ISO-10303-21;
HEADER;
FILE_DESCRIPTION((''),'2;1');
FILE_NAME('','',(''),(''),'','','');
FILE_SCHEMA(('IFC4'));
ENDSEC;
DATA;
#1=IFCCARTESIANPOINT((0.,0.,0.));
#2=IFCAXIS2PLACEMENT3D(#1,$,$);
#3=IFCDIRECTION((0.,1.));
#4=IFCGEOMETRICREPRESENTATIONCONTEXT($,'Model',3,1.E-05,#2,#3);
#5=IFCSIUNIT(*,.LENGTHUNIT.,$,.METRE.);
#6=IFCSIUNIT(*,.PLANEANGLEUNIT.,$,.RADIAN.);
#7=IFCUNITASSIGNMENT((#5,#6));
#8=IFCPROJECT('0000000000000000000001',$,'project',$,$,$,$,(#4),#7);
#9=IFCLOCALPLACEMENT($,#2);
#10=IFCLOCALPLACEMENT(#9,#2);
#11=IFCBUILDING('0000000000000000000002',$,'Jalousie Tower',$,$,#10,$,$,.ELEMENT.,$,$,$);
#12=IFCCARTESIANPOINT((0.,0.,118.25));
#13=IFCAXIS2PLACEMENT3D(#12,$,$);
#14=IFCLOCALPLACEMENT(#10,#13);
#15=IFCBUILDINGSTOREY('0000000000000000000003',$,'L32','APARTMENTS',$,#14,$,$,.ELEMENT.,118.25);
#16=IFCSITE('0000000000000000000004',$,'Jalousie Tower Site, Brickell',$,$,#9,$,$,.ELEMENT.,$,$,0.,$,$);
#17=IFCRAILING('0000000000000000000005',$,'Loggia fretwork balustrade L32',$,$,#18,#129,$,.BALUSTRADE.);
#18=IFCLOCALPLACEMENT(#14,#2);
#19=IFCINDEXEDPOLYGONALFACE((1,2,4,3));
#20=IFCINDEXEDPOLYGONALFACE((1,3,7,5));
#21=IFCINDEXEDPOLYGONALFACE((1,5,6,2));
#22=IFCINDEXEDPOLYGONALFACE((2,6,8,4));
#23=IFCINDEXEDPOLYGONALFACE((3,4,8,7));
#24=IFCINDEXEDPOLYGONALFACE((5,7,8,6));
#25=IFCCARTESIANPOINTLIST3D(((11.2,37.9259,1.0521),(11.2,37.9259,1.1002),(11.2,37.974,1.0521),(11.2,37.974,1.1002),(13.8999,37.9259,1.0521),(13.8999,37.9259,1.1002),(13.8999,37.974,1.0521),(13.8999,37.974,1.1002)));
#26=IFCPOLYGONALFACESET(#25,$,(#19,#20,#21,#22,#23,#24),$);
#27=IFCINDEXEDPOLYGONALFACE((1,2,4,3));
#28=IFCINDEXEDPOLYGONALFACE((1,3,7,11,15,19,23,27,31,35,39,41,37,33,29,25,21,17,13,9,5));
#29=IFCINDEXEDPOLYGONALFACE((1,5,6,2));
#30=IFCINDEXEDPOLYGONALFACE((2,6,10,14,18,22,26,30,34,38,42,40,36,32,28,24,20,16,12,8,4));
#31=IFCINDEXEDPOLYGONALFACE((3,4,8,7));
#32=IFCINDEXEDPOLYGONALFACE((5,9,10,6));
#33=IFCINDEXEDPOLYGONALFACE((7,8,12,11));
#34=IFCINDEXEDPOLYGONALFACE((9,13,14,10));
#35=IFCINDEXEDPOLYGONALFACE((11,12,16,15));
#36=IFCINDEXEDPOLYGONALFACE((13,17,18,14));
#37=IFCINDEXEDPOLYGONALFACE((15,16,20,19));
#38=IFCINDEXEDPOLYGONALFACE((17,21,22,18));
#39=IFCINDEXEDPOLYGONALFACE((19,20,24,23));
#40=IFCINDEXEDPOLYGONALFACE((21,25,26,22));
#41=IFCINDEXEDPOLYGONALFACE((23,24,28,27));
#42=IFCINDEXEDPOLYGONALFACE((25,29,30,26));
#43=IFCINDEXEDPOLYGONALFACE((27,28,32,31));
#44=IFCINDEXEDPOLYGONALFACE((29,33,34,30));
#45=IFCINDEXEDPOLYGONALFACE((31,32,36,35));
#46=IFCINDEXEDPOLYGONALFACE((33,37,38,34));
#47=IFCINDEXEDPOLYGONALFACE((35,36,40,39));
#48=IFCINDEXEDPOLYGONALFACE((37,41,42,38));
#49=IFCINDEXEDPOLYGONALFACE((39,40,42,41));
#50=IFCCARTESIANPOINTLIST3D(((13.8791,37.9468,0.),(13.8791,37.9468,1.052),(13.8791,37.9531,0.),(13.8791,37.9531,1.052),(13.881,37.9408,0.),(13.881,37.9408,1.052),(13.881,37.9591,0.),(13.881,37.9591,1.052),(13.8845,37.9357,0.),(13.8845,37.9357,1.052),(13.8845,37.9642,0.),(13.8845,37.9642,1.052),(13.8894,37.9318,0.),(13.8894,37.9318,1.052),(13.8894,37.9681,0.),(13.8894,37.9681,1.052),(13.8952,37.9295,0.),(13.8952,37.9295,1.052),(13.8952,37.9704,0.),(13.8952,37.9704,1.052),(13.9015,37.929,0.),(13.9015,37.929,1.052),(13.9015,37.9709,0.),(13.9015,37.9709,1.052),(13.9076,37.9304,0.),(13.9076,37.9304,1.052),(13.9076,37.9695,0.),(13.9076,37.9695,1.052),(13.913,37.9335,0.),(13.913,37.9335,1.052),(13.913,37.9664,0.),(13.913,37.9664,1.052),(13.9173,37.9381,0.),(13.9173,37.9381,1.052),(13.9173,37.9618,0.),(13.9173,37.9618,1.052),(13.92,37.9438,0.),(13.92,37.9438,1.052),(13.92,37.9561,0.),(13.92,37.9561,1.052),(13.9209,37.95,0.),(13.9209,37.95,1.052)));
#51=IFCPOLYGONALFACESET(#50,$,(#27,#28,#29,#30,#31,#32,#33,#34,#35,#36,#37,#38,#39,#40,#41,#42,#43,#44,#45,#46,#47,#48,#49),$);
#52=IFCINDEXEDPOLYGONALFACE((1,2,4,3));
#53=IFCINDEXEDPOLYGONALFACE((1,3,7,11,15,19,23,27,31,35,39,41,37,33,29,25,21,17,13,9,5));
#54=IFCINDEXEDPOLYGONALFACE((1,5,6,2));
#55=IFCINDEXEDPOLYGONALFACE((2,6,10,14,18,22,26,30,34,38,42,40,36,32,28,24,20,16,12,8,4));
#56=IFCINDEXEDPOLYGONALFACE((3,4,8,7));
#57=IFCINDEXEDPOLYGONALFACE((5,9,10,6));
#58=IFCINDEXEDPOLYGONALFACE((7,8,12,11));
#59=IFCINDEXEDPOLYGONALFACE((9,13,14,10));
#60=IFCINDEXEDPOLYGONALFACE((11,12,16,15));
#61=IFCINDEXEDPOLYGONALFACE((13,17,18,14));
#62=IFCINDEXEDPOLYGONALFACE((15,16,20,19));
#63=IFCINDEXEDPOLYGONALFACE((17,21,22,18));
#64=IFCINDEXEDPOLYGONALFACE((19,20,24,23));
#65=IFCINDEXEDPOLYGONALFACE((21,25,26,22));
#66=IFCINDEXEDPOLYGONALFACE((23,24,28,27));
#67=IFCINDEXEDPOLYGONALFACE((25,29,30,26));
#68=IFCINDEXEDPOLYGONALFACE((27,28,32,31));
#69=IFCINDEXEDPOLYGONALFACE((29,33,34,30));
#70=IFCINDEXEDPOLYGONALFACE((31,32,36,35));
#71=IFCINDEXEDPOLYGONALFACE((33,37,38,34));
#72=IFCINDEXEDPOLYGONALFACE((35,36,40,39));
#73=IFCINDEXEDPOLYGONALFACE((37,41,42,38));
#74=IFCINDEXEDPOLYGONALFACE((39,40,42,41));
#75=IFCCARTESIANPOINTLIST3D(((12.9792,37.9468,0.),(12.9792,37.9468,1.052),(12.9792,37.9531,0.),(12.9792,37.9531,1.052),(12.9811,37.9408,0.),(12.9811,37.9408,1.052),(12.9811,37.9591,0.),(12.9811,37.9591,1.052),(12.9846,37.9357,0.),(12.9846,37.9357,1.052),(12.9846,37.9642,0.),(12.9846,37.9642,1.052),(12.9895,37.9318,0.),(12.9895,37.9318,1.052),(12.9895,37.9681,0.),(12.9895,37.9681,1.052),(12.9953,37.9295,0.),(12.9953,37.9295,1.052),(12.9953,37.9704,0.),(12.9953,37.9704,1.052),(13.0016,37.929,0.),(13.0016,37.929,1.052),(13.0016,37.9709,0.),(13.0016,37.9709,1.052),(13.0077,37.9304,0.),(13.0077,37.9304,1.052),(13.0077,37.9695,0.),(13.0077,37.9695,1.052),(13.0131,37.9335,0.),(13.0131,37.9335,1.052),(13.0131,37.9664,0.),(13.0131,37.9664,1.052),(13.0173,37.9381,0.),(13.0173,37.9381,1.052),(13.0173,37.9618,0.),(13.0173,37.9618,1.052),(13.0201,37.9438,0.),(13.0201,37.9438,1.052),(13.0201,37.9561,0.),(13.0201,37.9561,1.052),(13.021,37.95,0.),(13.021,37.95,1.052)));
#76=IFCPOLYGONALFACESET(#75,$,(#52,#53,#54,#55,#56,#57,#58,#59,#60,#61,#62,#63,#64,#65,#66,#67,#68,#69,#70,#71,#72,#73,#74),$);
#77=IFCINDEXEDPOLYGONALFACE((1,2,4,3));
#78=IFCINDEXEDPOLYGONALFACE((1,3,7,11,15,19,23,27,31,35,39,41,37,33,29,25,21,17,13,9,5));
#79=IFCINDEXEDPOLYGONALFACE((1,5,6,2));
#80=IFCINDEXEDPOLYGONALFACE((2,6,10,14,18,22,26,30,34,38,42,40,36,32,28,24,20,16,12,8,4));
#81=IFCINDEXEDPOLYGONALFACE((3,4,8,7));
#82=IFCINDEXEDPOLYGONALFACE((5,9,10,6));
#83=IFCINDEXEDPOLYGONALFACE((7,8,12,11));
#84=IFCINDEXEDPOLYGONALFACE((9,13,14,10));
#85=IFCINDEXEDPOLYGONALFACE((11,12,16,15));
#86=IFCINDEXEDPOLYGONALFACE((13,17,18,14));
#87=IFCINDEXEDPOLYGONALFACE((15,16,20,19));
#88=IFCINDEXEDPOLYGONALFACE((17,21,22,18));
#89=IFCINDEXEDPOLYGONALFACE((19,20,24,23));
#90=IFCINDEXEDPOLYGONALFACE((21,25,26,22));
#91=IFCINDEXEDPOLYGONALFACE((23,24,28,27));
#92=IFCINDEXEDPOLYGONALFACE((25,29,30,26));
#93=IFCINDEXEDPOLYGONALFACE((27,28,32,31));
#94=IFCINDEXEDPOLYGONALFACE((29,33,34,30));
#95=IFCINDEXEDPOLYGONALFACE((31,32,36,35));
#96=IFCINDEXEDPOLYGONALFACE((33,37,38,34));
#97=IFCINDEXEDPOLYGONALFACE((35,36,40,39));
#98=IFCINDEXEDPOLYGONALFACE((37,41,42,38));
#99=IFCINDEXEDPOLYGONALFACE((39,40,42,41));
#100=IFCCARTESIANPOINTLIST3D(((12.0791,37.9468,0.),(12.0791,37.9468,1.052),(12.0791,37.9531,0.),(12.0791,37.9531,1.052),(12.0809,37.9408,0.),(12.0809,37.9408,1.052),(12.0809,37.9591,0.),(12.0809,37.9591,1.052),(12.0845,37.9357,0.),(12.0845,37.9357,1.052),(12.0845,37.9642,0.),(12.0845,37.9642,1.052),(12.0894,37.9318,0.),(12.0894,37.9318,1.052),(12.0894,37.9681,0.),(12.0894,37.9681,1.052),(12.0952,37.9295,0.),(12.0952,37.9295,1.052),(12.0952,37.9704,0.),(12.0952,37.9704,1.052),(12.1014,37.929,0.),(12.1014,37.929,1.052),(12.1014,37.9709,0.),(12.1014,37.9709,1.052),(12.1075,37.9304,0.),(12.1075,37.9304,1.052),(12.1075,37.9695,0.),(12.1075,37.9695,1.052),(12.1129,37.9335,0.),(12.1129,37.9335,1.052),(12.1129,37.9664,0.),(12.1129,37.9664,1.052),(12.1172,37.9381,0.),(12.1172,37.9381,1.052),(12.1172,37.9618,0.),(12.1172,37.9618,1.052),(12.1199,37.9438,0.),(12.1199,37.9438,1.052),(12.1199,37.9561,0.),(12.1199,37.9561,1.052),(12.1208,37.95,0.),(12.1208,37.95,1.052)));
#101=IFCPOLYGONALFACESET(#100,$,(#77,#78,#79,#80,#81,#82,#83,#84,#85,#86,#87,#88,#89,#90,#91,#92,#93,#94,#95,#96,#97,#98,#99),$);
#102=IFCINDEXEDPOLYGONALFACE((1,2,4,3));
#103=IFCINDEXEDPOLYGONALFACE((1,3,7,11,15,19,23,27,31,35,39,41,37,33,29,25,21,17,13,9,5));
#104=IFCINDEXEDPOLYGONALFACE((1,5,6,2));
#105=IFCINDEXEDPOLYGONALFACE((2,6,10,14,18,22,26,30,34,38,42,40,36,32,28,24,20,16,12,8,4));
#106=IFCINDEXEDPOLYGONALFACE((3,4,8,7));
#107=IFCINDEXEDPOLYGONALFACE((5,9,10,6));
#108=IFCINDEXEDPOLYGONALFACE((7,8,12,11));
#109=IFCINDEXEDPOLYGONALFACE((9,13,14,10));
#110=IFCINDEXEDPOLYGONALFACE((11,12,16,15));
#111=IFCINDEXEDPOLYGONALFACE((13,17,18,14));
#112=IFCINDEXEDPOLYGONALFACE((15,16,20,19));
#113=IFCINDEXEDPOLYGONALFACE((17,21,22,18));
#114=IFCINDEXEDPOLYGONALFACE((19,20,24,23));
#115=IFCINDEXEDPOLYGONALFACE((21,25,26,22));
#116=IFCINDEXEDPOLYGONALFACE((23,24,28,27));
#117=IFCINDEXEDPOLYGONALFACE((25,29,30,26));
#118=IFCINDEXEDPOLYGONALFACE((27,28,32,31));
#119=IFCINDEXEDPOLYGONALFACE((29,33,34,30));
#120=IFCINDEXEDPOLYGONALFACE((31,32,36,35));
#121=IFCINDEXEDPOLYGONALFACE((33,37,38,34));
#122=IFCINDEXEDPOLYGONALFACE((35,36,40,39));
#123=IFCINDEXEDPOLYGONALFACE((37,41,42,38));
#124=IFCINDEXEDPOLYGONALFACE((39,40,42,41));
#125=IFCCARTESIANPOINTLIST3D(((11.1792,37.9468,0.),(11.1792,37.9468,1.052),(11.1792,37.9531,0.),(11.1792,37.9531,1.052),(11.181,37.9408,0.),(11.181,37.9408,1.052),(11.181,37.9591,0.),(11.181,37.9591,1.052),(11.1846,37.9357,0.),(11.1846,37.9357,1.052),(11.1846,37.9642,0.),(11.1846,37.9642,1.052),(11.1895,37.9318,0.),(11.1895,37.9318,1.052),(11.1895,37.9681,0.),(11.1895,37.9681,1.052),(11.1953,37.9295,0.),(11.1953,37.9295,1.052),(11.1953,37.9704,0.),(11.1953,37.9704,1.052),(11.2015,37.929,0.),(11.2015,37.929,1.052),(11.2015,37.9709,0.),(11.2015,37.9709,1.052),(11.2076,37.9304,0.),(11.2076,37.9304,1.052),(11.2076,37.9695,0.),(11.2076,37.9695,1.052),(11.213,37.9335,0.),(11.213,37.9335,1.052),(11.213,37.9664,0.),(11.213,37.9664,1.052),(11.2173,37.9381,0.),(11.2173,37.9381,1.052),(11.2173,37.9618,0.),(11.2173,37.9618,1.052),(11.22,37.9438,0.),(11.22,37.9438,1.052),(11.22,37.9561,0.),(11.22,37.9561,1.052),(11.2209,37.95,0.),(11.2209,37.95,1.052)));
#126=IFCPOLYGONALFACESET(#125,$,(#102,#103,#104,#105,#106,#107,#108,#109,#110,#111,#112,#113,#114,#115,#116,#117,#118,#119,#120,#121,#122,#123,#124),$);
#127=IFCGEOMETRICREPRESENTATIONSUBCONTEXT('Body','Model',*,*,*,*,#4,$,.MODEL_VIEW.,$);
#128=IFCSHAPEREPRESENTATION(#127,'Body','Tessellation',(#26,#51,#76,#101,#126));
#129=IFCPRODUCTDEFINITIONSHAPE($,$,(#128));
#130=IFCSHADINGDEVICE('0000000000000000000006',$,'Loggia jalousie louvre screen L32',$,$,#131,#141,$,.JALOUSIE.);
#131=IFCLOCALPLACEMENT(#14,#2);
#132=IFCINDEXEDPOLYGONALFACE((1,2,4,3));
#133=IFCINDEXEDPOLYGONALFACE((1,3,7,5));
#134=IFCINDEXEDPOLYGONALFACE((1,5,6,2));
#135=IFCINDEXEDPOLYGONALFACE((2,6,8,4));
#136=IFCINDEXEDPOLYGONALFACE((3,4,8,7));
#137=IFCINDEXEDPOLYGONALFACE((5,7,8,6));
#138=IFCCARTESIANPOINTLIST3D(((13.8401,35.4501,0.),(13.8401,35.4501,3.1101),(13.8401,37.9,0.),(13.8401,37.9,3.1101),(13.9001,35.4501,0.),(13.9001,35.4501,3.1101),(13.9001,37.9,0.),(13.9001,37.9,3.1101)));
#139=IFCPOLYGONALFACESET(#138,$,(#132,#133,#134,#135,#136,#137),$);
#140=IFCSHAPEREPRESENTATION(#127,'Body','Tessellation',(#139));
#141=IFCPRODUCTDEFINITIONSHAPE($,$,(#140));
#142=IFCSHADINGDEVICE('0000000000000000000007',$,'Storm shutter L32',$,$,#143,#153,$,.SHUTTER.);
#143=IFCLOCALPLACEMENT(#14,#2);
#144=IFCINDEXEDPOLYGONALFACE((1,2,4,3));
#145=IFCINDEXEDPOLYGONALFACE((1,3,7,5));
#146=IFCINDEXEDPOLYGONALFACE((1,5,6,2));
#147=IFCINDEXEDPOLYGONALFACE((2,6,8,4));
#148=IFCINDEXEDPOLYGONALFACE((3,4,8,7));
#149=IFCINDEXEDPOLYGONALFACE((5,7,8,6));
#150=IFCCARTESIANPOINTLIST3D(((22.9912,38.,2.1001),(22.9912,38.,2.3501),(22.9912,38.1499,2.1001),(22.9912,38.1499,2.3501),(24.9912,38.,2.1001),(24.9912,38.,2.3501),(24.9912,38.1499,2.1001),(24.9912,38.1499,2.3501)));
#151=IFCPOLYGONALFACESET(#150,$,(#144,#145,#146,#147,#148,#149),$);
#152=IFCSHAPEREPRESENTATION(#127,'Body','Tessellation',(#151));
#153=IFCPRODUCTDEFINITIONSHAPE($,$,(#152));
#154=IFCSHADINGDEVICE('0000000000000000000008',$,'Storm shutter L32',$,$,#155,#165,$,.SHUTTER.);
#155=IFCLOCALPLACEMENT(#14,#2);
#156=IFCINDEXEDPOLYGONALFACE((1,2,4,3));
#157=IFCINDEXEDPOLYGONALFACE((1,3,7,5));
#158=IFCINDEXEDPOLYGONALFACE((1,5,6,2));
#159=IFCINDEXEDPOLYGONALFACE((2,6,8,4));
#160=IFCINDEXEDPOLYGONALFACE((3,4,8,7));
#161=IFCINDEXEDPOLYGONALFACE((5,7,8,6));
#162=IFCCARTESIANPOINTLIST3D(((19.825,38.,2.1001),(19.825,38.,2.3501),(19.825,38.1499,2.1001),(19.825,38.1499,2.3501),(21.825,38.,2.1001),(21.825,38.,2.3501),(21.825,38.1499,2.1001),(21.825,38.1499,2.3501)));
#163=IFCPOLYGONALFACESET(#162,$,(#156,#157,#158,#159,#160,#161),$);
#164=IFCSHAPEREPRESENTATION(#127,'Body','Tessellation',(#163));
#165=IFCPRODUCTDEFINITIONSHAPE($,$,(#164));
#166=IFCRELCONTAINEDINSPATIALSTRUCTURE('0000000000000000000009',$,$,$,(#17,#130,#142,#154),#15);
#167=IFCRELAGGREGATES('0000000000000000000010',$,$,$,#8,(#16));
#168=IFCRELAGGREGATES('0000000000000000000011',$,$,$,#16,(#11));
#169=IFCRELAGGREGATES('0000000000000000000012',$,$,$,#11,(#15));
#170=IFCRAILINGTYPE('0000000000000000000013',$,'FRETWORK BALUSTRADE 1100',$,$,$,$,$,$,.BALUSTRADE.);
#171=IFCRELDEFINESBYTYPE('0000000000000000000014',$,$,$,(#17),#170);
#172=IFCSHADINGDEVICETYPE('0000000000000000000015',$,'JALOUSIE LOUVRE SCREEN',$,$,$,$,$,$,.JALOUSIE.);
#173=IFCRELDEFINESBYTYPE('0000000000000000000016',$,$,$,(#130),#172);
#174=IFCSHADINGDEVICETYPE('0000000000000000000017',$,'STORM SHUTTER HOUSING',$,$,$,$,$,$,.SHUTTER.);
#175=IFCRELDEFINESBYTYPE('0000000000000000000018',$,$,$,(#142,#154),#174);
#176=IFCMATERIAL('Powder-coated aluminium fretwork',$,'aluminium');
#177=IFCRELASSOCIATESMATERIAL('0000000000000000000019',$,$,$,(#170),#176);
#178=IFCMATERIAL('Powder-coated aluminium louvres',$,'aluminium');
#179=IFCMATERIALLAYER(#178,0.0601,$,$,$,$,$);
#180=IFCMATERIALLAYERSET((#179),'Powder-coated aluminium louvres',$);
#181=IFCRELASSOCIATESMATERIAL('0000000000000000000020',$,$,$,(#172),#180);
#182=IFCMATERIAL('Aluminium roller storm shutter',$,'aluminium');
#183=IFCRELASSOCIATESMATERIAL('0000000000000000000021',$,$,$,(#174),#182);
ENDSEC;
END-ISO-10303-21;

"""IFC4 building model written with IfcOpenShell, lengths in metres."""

from ifc_helpers import new_model, si_unit, direction, frame, origin, origin_2d, place, context, subcontext, project, spatial, rectangle, circle, extrude, material, layer, layer_set, type_object, element, save


model = new_model("IFC4")

# Units and contexts
model_context = context("Model", 3, precision=1e-05, world=origin(), true_north=direction((0.0, 1.0)))
body_context = subcontext(model_context, "Body", "Model", "MODEL_VIEW")
ifc_project = project(units=[si_unit("LENGTHUNIT", "METRE"), si_unit("PLANEANGLEUNIT", "RADIAN")], contexts=[model_context])

# Site, building, storey
site_placement = place(None, origin())
site = spatial("IfcSite", under=ifc_project, at=site_placement, Name="Jalousie Tower Site, Brickell", CompositionType="ELEMENT", RefElevation=0.0)
building_placement = place(site_placement, origin())
building = spatial("IfcBuilding", under=site, at=building_placement, Name="Jalousie Tower", CompositionType="ELEMENT")
storey_placement = place(building_placement, frame((0.0, 0.0, 118.25)))
storey = spatial("IfcBuildingStorey", under=building, at=storey_placement, Name="L32", Description="APARTMENTS", CompositionType="ELEMENT", Elevation=118.25)

# Railing
ifc_material_1 = material(Name="Powder-coated aluminium fretwork", Category="aluminium")
railing_type = type_object("IfcRailingType", Name="FRETWORK BALUSTRADE 1100", PredefinedType="BALUSTRADE", material=ifc_material_1)
railing_placement = place(storey_placement, frame((13.8999, 37.95, 0.0)))
element("IfcRailing", 1, at=railing_placement, inside=storey, type_object=railing_type, Name="Loggia fretwork balustrade L32", PredefinedType="BALUSTRADE", context=body_context, shape_type="SweptSolid", body=[
    extrude(rectangle(XDim=0.0481, YDim=0.0481, at=origin_2d()), frame((0.0, 0.0, 1.0762), z_axis=(-1.0, 0.0, 0.0), x_axis=(0.0, -1.0, 0.0)), (0.0, 0.0, 1.0), 2.7),
    extrude(circle(Radius=0.021, at=origin_2d()), origin(), (0.0, 0.0, 1.0), 1.052),
    extrude(circle(Radius=0.021, at=origin_2d()), frame((-0.8999, 0.0, 0.0)), (0.0, 0.0, 1.0), 1.052),
    extrude(circle(Radius=0.021, at=origin_2d()), frame((-1.8, 0.0, 0.0)), (0.0, 0.0, 1.0), 1.052),
    extrude(circle(Radius=0.021, at=origin_2d()), frame((-2.7, 0.0, 0.0)), (0.0, 0.0, 1.0), 1.052),
])

# Shading devices
ifc_material_2 = material(Name="Powder-coated aluminium louvres", Category="aluminium")
ifc_layer_1 = layer(ifc_material_2, 0.0601)
ifc_layer_set_1 = layer_set([ifc_layer_1], Name="Powder-coated aluminium louvres")
shading_device_type_1 = type_object("IfcShadingDeviceType", Name="JALOUSIE LOUVRE SCREEN", PredefinedType="JALOUSIE", material=ifc_layer_set_1)
shading_device_placement = place(storey_placement, frame((13.8701, 36.675, 0.0), z_axis=(0.0, 0.0, 1.0), x_axis=(-1.0, 0.0, 0.0)))
element("IfcShadingDevice", 2, at=shading_device_placement, inside=storey, type_object=shading_device_type_1, Name="Loggia jalousie louvre screen L32", PredefinedType="JALOUSIE", context=body_context, shape_type="SweptSolid", body=[
    extrude(rectangle(XDim=0.0601, YDim=2.45, at=origin_2d()), origin(), (0.0, 0.0, 1.0), 3.1101),
])
ifc_material_3 = material(Name="Aluminium roller storm shutter", Category="aluminium")
shading_device_type_2 = type_object("IfcShadingDeviceType", Name="STORM SHUTTER HOUSING", PredefinedType="SHUTTER", material=ifc_material_3)
for number, where, z_axis, x_axis, name in (
    (3, (23.9912, 38.075, 2.1001), (0.0, 0.0, 1.0), (-1.0, 0.0, 0.0), "Storm shutter L32"),
    (4, (20.825, 38.075, 2.1001), (0.0, 0.0, 1.0), (-1.0, 0.0, 0.0), "Storm shutter L32"),
):
    element("IfcShadingDevice", number, at=place(storey_placement, frame(where, z_axis=z_axis, x_axis=x_axis)), inside=storey, type_object=shading_device_type_2, Name=name, PredefinedType="SHUTTER", context=body_context, shape_type="SweptSolid", body=[
        extrude(rectangle(XDim=2.0, YDim=0.1499, at=origin_2d()), origin(), (0.0, 0.0, 1.0), 0.25),
    ])

save(model, "model.ifc")
